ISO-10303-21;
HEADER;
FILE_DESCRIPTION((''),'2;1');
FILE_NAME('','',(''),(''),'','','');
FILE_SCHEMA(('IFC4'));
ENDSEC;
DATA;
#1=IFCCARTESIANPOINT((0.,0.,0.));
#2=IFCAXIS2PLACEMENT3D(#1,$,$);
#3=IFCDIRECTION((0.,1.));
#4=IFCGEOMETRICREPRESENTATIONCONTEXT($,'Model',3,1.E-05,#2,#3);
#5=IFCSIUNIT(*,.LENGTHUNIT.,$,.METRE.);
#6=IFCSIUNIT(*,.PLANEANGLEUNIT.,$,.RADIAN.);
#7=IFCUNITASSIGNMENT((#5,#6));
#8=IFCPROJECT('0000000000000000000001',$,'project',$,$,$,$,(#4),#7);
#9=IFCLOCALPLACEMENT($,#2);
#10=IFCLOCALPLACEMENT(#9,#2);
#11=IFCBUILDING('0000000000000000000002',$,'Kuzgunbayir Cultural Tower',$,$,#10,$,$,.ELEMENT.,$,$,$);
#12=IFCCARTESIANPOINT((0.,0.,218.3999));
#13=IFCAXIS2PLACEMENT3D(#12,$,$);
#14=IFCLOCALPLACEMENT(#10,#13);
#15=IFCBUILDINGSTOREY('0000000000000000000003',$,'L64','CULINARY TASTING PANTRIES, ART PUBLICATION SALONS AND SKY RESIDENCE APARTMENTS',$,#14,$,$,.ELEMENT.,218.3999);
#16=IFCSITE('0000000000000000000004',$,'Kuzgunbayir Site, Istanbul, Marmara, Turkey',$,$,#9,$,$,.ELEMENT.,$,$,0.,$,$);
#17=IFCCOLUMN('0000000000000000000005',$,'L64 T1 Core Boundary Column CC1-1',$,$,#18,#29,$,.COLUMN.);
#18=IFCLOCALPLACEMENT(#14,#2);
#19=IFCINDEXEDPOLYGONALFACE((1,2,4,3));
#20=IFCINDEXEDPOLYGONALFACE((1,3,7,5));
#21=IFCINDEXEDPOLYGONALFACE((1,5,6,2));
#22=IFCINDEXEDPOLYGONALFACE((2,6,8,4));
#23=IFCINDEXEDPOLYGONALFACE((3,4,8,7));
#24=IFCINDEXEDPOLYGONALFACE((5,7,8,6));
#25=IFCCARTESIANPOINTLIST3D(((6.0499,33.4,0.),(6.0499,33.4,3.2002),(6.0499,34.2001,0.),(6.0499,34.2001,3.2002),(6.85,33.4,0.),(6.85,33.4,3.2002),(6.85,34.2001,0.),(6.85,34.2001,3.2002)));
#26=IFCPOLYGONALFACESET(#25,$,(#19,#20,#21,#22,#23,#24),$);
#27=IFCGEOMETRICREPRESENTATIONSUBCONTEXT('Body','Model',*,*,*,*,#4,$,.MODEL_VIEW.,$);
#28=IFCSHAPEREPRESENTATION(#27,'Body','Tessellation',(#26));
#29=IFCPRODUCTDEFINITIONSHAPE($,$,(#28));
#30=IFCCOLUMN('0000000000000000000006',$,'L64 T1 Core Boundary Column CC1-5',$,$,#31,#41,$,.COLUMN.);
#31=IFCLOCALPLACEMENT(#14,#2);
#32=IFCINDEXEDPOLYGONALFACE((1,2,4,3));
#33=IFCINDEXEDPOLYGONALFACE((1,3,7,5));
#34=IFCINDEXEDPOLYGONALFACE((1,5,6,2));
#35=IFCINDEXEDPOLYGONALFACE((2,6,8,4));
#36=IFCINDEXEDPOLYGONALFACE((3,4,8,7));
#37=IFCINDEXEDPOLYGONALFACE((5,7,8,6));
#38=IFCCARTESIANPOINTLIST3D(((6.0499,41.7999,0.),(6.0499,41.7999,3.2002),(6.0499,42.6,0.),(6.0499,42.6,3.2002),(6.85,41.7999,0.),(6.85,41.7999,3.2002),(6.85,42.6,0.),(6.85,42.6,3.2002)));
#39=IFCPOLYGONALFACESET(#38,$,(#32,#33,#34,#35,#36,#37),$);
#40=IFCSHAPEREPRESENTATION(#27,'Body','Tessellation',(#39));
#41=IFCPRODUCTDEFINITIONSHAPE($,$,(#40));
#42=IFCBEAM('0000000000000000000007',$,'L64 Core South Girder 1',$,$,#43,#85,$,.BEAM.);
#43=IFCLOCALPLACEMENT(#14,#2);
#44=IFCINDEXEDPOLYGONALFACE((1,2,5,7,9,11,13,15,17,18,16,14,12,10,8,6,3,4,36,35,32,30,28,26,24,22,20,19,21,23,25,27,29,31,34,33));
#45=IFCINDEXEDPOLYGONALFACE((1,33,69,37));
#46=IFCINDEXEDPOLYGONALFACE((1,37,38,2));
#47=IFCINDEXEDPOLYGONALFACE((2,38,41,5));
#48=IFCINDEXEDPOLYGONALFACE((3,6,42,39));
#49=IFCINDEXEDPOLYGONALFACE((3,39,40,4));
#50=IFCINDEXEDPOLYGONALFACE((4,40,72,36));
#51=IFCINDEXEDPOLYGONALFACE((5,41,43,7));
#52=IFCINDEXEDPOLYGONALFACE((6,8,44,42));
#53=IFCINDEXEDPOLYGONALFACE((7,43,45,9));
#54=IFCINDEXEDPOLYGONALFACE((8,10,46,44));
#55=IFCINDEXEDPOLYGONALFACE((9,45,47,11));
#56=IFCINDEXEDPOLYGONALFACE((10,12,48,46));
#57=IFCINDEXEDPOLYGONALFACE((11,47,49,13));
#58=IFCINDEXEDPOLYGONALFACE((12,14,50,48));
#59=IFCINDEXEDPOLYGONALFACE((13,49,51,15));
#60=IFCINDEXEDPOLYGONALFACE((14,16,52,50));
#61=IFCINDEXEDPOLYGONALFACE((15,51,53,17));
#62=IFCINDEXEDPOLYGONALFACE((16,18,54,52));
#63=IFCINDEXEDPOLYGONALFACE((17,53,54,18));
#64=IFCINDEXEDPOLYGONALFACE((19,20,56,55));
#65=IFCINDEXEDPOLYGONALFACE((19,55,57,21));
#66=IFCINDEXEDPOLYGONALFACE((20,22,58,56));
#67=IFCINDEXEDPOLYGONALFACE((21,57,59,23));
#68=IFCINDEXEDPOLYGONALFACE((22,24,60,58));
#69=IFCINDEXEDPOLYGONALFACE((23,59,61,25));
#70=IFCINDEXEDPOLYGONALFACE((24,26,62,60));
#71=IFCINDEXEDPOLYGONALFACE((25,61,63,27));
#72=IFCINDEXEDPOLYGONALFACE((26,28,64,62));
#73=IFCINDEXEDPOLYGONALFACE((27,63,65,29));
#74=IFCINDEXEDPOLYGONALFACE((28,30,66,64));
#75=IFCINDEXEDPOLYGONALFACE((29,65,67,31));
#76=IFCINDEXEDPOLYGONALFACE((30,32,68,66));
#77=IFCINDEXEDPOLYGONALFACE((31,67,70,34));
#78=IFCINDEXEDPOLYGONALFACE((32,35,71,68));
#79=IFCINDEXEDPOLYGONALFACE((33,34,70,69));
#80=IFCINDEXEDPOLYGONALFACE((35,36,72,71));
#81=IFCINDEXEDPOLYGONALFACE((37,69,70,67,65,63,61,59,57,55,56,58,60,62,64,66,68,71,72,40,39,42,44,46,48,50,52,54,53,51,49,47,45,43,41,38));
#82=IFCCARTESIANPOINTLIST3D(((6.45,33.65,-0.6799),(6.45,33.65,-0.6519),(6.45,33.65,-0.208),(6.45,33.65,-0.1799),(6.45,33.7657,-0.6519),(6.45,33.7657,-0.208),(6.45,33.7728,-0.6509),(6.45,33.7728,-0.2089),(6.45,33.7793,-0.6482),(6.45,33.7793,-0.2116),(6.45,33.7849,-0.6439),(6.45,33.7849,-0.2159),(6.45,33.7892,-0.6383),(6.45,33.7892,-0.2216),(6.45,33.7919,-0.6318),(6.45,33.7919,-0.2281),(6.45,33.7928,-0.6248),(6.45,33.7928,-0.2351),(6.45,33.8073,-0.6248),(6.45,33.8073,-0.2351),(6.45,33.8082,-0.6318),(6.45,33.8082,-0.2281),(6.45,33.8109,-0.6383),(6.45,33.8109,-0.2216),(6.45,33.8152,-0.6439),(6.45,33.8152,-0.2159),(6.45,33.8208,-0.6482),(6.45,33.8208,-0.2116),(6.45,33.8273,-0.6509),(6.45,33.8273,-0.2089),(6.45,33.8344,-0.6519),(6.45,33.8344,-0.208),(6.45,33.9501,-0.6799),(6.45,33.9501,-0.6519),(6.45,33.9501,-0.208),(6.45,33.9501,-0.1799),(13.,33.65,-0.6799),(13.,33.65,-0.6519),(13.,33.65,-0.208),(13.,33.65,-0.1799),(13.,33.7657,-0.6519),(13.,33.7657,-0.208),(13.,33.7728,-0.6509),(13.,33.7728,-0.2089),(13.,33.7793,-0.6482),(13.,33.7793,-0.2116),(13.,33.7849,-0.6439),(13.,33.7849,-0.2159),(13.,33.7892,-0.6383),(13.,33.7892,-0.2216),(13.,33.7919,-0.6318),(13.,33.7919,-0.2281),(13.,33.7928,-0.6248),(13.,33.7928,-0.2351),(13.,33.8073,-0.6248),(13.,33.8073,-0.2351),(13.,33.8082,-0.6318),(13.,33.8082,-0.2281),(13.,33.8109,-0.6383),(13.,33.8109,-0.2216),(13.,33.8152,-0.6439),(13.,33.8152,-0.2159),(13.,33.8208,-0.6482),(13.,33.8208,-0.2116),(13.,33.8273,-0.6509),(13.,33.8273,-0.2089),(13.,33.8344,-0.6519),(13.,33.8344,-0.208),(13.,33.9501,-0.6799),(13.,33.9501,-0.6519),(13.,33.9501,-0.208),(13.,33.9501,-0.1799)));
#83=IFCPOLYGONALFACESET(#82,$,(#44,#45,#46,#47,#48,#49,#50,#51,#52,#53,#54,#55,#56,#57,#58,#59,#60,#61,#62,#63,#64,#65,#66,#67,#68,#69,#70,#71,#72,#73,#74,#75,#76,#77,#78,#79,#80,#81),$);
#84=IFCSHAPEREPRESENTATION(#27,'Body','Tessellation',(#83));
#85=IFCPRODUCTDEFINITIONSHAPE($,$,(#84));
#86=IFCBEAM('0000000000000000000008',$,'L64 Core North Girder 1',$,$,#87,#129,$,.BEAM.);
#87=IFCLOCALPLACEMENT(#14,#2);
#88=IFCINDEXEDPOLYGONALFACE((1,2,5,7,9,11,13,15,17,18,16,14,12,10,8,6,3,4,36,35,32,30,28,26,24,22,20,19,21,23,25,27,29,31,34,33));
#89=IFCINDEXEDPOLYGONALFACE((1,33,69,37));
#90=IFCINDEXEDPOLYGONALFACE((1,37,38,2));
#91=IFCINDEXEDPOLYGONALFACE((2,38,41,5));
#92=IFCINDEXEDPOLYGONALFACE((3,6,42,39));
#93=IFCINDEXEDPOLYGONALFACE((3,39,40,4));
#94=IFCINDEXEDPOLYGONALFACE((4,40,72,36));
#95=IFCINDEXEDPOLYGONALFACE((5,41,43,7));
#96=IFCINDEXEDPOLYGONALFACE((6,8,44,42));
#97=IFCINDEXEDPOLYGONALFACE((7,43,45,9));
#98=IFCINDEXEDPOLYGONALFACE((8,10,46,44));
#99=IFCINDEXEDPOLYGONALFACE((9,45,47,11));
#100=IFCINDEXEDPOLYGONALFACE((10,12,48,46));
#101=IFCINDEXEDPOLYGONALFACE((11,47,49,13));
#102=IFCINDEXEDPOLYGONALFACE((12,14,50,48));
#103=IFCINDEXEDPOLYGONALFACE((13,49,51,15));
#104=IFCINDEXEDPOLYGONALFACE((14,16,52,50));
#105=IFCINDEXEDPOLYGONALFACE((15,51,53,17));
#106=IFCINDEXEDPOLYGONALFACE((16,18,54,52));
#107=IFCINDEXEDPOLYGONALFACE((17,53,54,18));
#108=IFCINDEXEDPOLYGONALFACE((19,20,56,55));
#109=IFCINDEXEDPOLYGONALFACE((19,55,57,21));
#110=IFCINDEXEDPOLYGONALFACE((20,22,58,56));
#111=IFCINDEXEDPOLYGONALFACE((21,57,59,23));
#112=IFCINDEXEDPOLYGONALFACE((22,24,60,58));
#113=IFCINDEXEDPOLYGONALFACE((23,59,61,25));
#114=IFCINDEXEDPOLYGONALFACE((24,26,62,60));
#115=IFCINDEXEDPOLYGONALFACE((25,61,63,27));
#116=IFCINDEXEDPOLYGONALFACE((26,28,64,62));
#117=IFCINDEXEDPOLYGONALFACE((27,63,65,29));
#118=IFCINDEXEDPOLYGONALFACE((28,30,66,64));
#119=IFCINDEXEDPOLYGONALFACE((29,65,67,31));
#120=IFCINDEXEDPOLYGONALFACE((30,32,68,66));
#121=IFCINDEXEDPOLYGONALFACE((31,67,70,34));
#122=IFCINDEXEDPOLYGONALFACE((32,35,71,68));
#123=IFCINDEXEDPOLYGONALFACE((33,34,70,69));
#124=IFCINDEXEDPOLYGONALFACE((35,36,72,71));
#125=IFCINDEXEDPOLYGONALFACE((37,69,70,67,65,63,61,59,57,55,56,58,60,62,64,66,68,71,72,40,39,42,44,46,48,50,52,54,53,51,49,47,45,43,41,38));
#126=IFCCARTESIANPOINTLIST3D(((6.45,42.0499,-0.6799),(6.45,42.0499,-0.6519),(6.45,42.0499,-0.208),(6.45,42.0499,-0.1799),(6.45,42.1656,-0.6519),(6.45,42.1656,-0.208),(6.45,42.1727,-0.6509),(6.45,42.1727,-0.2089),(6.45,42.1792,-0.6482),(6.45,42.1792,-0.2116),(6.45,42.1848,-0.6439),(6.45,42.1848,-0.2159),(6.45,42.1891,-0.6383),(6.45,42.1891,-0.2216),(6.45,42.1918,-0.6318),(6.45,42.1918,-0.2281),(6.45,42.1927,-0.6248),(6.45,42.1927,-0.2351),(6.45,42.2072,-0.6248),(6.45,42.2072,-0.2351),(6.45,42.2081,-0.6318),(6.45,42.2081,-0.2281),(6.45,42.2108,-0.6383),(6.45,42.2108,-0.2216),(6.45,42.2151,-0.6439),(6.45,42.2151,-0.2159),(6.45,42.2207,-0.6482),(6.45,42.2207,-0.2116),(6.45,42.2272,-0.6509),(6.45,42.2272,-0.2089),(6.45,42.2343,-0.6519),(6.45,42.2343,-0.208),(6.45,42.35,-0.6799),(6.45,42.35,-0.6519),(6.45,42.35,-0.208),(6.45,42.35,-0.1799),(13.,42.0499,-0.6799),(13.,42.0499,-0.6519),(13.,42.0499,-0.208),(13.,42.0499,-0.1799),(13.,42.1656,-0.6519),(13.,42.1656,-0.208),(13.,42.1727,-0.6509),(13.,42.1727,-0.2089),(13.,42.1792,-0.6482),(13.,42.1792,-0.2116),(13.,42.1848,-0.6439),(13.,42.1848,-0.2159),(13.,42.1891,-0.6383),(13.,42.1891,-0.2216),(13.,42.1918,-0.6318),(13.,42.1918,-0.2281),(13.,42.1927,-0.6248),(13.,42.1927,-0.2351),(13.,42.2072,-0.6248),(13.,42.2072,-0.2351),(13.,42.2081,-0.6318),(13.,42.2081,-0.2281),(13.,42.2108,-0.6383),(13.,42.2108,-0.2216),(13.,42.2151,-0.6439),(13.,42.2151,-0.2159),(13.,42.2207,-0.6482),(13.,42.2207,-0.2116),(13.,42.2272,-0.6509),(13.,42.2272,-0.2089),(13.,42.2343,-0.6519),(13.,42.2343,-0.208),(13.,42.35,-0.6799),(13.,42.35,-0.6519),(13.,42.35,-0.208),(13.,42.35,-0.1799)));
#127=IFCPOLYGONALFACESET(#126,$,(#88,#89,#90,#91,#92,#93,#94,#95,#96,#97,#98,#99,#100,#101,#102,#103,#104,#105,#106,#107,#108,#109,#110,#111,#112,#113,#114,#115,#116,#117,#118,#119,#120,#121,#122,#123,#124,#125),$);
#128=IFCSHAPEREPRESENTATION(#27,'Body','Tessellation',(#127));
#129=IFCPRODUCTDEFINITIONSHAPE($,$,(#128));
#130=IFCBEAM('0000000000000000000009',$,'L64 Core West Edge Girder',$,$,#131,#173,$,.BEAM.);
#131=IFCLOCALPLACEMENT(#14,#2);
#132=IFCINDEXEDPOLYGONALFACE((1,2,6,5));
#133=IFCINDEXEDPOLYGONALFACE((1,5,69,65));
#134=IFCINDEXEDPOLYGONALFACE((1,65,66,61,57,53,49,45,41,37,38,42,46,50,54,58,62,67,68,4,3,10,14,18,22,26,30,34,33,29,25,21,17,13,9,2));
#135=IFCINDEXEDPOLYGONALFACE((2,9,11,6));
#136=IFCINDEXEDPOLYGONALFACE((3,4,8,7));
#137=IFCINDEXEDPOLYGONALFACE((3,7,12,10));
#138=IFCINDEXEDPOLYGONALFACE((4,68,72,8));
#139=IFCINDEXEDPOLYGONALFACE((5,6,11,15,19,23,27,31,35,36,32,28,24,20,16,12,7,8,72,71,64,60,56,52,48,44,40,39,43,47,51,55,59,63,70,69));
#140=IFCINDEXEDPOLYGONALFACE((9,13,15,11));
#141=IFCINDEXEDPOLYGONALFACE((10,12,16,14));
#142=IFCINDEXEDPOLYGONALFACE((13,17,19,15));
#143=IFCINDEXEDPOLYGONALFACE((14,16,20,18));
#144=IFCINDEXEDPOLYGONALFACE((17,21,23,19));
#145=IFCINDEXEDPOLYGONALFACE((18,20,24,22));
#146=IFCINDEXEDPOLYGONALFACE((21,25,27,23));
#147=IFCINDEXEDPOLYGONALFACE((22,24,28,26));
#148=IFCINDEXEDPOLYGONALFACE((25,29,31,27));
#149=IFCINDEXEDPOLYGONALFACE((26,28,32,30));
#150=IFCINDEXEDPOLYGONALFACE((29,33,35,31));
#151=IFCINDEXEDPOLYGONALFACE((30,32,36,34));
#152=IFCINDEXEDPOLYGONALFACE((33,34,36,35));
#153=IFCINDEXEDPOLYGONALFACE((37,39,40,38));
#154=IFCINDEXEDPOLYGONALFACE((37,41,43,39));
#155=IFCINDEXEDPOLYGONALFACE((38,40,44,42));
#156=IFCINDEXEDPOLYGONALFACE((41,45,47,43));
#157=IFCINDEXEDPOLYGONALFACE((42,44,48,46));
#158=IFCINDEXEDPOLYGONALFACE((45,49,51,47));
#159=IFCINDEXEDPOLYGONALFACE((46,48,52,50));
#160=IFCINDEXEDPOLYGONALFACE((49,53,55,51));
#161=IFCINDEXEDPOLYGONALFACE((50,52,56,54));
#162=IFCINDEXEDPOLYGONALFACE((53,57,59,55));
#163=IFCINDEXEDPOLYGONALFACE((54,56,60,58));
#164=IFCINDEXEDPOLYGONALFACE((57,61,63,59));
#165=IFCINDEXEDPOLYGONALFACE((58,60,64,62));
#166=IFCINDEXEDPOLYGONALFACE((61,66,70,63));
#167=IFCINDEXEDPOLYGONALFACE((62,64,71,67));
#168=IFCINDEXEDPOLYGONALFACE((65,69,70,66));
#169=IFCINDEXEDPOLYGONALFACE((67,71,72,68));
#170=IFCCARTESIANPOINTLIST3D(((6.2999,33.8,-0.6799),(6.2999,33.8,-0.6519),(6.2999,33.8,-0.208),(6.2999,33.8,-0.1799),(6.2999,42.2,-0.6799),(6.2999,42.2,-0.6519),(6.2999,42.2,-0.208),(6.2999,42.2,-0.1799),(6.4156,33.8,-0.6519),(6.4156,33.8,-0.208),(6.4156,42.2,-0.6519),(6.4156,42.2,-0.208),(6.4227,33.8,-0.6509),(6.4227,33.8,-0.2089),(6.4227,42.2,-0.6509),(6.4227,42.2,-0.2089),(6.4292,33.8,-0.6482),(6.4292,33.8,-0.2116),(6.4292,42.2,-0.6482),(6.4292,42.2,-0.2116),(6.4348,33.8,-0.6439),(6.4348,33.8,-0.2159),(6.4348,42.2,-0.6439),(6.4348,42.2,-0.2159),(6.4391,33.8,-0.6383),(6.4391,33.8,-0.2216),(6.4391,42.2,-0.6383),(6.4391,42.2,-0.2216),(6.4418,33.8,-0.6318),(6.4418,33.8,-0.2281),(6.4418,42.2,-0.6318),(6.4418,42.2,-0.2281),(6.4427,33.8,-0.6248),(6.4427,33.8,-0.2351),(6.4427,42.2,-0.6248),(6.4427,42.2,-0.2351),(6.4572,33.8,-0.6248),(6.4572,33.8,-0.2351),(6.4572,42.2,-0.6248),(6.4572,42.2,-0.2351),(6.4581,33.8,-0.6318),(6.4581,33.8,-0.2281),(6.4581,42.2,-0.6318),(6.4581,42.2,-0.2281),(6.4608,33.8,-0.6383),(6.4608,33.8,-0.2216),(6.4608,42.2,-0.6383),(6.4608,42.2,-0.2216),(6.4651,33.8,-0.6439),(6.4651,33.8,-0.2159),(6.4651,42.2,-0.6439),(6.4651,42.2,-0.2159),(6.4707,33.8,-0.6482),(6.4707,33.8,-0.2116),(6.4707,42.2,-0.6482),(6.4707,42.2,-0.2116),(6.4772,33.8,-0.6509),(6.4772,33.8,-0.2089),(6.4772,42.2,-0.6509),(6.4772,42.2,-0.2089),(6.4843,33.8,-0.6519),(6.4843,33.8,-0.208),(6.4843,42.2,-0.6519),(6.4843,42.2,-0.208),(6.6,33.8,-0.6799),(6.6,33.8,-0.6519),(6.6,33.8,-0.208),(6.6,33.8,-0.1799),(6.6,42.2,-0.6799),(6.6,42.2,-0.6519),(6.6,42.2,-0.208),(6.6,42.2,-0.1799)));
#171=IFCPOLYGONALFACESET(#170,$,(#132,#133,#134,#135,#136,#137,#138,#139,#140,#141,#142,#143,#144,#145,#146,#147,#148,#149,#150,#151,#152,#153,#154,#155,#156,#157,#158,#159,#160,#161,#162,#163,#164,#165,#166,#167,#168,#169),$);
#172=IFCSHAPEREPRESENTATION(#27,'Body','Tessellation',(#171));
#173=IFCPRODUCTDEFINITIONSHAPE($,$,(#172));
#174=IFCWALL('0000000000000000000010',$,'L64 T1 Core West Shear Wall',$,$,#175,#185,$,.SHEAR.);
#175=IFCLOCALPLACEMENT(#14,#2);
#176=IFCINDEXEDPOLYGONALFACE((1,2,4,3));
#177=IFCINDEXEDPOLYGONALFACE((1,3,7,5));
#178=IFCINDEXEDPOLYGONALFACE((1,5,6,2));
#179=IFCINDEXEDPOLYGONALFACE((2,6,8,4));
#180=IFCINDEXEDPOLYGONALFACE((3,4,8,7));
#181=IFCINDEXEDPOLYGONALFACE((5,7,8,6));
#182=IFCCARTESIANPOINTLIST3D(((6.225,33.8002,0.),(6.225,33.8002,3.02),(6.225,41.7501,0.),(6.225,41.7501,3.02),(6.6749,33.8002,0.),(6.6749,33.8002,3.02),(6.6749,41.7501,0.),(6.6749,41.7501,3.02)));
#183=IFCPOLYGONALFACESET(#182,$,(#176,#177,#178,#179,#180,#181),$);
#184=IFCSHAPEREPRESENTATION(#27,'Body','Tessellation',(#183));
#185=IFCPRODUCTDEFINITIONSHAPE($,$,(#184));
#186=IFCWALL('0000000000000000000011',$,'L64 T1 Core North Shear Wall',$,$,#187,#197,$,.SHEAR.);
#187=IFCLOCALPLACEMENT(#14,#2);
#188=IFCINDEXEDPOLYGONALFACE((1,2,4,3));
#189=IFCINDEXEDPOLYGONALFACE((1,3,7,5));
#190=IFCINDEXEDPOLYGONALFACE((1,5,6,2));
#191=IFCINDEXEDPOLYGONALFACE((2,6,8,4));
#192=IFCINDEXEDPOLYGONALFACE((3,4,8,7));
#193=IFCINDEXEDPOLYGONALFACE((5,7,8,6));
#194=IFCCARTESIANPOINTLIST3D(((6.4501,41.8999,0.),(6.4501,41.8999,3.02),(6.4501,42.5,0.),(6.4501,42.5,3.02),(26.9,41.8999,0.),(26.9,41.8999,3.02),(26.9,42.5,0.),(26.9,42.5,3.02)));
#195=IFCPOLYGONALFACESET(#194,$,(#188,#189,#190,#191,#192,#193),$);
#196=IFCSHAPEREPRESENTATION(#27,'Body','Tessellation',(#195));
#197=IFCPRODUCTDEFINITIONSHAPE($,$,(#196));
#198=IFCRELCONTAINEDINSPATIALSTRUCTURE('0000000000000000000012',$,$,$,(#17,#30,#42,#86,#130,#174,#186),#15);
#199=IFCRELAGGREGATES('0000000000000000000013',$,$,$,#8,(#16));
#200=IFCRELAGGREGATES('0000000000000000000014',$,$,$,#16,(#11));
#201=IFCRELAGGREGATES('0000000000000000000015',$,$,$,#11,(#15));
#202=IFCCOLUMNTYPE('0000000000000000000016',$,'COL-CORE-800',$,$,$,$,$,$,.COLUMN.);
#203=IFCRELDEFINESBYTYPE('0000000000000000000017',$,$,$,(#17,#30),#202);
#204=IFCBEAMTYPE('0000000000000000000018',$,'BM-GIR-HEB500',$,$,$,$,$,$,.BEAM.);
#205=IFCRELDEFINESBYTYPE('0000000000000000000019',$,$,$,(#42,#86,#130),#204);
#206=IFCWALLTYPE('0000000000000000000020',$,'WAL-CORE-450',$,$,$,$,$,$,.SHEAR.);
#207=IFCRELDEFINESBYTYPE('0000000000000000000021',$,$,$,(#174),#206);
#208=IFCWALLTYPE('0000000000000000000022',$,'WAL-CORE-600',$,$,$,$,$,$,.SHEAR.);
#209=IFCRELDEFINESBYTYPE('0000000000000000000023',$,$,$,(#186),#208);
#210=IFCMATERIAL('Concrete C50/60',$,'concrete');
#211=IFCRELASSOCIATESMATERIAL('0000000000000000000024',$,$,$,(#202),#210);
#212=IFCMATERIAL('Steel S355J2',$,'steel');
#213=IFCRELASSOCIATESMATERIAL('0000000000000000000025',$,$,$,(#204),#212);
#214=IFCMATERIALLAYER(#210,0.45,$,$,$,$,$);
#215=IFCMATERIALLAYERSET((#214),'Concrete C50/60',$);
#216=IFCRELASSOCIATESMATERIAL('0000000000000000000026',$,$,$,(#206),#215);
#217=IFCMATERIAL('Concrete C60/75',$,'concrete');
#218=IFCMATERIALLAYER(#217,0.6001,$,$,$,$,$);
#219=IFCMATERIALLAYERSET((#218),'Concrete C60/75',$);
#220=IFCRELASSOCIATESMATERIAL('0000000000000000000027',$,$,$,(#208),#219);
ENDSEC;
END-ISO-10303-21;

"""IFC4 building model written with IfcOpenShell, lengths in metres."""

from ifc_helpers import new_model, si_unit, direction, frame, frame_2d, origin, origin_2d, place, context, subcontext, project, spatial, rectangle, i_section, extrude, material, layer, layer_set, material_profile, profile_set, type_object, element, save


model = new_model("IFC4")

# Units and contexts
model_context = context("Model", 3, precision=1e-05, world=origin(), true_north=direction((0.0, 1.0)))
body_context = subcontext(model_context, "Body", "Model", "MODEL_VIEW")
ifc_project = project(units=[si_unit("LENGTHUNIT", "METRE"), si_unit("PLANEANGLEUNIT", "RADIAN")], contexts=[model_context])

# Site, building, storey
site_placement = place(None, origin())
site = spatial("IfcSite", under=ifc_project, at=site_placement, Name="Kuzgunbayir Site, Istanbul, Marmara, Turkey", CompositionType="ELEMENT", RefElevation=0.0)
building_placement = place(site_placement, origin())
building = spatial("IfcBuilding", under=site, at=building_placement, Name="Kuzgunbayir Cultural Tower", CompositionType="ELEMENT")
storey_placement = place(building_placement, frame((0.0, 0.0, 218.3999)))
storey = spatial("IfcBuildingStorey", under=building, at=storey_placement, Name="L64", Description="CULINARY TASTING PANTRIES, ART PUBLICATION SALONS AND SKY RESIDENCE APARTMENTS", CompositionType="ELEMENT", Elevation=218.3999)

# Columns
ifc_material_1 = material(Name="Concrete C50/60", Category="concrete")
ifc_material_profile_1 = material_profile(ifc_material_1, rectangle(XDim=0.8, YDim=0.8, at=origin_2d()), Name="RC 800x800")
ifc_profile_set_1 = profile_set([ifc_material_profile_1], Name="Concrete C50/60")
column_type = type_object("IfcColumnType", Name="COL-CORE-800", PredefinedType="COLUMN", material=ifc_profile_set_1)
for number, where, z_axis, x_axis, name in (
    (1, (6.45, 33.8, 0.0), (0.0, 0.0, 1.0), (1.0, 0.0, 0.0), "L64 T1 Core Boundary Column CC1-1"),
    (2, (6.45, 42.2, 0.0), (0.0, 0.0, 1.0), (1.0, 0.0, 0.0), "L64 T1 Core Boundary Column CC1-5"),
):
    element("IfcColumn", number, at=place(storey_placement, frame(where, z_axis=z_axis, x_axis=x_axis)), inside=storey, type_object=column_type, Name=name, PredefinedType="COLUMN", context=body_context, shape_type="SweptSolid", body=[
        extrude(rectangle(XDim=0.8, YDim=0.8, at=origin_2d()), origin(), (0.0, 0.0, 1.0), 3.2002),
    ])

# Beams
ifc_material_2 = material(Name="Steel S355J2", Category="steel")
ifc_material_profile_2 = material_profile(ifc_material_2, i_section(OverallWidth=0.3, OverallDepth=0.5, WebThickness=0.0144, FlangeThickness=0.0281, FilletRadius=0.0271, at=origin_2d()), Name="HEB 500")
ifc_profile_set_2 = profile_set([ifc_material_profile_2], Name="Steel S355J2")
beam_type = type_object("IfcBeamType", Name="BM-GIR-HEB500", PredefinedType="BEAM", material=ifc_profile_set_2)
for number, where, z_axis, x_axis, name in (
    (3, (6.45, 33.8, -0.4299), (1.0, 0.0, 0.0), (0.0, 1.0, 0.0), "L64 Core South Girder 1"),
    (4, (6.45, 42.2, -0.4299), (1.0, 0.0, 0.0), (0.0, 1.0, 0.0), "L64 Core North Girder 1"),
):
    element("IfcBeam", number, at=place(storey_placement, frame(where, z_axis=z_axis, x_axis=x_axis)), inside=storey, type_object=beam_type, Name=name, PredefinedType="BEAM", context=body_context, shape_type="SweptSolid", body=[
        extrude(i_section(OverallWidth=0.3, OverallDepth=0.5, WebThickness=0.0144, FlangeThickness=0.0281, FilletRadius=0.0271, at=origin_2d()), origin(), (0.0, 0.0, 1.0), 6.55),
    ])
beam_placement = place(storey_placement, frame((6.45, 33.8, -0.4299), z_axis=(0.0, 1.0, 0.0), x_axis=(-1.0, 0.0, 0.0)))
element("IfcBeam", 5, at=beam_placement, inside=storey, type_object=beam_type, Name="L64 Core West Edge Girder", PredefinedType="BEAM", context=body_context, shape_type="SweptSolid", body=[
    extrude(i_section(OverallWidth=0.3, OverallDepth=0.5, WebThickness=0.0144, FlangeThickness=0.0281, FilletRadius=0.0271, at=origin_2d()), origin(), (0.0, 0.0, 1.0), 8.3999),
])

# Walls
ifc_layer_1 = layer(ifc_material_1, 0.45)
ifc_layer_set_1 = layer_set([ifc_layer_1], Name="Concrete C50/60")
wall_type_1 = type_object("IfcWallType", Name="WAL-CORE-450", PredefinedType="SHEAR", material=ifc_layer_set_1)
wall_1_placement = place(storey_placement, frame((6.45, 33.8, 0.0), z_axis=(0.0, 0.0, 1.0), x_axis=(0.0, 1.0, 0.0)))
element("IfcWall", 6, at=wall_1_placement, inside=storey, type_object=wall_type_1, Name="L64 T1 Core West Shear Wall", PredefinedType="SHEAR", context=body_context, shape_type="SweptSolid", body=[
    extrude(rectangle(XDim=7.95, YDim=0.45, at=frame_2d((3.9751, 0.0))), origin(), (0.0, 0.0, 1.0), 3.02),
])
ifc_material_3 = material(Name="Concrete C60/75", Category="concrete")
ifc_layer_2 = layer(ifc_material_3, 0.6001)
ifc_layer_set_2 = layer_set([ifc_layer_2], Name="Concrete C60/75")
wall_type_2 = type_object("IfcWallType", Name="WAL-CORE-600", PredefinedType="SHEAR", material=ifc_layer_set_2)
wall_2_placement = place(storey_placement, frame((6.45, 42.2, 0.0), z_axis=(0.0, 0.0, 1.0), x_axis=(1.0, 0.0, 0.0)))
element("IfcWall", 7, at=wall_2_placement, inside=storey, type_object=wall_type_2, Name="L64 T1 Core North Shear Wall", PredefinedType="SHEAR", context=body_context, shape_type="SweptSolid", body=[
    extrude(rectangle(XDim=20.45, YDim=0.6001, at=frame_2d((10.2251, 0.0))), origin(), (0.0, 0.0, 1.0), 3.02),
])

save(model, "model.ifc")
